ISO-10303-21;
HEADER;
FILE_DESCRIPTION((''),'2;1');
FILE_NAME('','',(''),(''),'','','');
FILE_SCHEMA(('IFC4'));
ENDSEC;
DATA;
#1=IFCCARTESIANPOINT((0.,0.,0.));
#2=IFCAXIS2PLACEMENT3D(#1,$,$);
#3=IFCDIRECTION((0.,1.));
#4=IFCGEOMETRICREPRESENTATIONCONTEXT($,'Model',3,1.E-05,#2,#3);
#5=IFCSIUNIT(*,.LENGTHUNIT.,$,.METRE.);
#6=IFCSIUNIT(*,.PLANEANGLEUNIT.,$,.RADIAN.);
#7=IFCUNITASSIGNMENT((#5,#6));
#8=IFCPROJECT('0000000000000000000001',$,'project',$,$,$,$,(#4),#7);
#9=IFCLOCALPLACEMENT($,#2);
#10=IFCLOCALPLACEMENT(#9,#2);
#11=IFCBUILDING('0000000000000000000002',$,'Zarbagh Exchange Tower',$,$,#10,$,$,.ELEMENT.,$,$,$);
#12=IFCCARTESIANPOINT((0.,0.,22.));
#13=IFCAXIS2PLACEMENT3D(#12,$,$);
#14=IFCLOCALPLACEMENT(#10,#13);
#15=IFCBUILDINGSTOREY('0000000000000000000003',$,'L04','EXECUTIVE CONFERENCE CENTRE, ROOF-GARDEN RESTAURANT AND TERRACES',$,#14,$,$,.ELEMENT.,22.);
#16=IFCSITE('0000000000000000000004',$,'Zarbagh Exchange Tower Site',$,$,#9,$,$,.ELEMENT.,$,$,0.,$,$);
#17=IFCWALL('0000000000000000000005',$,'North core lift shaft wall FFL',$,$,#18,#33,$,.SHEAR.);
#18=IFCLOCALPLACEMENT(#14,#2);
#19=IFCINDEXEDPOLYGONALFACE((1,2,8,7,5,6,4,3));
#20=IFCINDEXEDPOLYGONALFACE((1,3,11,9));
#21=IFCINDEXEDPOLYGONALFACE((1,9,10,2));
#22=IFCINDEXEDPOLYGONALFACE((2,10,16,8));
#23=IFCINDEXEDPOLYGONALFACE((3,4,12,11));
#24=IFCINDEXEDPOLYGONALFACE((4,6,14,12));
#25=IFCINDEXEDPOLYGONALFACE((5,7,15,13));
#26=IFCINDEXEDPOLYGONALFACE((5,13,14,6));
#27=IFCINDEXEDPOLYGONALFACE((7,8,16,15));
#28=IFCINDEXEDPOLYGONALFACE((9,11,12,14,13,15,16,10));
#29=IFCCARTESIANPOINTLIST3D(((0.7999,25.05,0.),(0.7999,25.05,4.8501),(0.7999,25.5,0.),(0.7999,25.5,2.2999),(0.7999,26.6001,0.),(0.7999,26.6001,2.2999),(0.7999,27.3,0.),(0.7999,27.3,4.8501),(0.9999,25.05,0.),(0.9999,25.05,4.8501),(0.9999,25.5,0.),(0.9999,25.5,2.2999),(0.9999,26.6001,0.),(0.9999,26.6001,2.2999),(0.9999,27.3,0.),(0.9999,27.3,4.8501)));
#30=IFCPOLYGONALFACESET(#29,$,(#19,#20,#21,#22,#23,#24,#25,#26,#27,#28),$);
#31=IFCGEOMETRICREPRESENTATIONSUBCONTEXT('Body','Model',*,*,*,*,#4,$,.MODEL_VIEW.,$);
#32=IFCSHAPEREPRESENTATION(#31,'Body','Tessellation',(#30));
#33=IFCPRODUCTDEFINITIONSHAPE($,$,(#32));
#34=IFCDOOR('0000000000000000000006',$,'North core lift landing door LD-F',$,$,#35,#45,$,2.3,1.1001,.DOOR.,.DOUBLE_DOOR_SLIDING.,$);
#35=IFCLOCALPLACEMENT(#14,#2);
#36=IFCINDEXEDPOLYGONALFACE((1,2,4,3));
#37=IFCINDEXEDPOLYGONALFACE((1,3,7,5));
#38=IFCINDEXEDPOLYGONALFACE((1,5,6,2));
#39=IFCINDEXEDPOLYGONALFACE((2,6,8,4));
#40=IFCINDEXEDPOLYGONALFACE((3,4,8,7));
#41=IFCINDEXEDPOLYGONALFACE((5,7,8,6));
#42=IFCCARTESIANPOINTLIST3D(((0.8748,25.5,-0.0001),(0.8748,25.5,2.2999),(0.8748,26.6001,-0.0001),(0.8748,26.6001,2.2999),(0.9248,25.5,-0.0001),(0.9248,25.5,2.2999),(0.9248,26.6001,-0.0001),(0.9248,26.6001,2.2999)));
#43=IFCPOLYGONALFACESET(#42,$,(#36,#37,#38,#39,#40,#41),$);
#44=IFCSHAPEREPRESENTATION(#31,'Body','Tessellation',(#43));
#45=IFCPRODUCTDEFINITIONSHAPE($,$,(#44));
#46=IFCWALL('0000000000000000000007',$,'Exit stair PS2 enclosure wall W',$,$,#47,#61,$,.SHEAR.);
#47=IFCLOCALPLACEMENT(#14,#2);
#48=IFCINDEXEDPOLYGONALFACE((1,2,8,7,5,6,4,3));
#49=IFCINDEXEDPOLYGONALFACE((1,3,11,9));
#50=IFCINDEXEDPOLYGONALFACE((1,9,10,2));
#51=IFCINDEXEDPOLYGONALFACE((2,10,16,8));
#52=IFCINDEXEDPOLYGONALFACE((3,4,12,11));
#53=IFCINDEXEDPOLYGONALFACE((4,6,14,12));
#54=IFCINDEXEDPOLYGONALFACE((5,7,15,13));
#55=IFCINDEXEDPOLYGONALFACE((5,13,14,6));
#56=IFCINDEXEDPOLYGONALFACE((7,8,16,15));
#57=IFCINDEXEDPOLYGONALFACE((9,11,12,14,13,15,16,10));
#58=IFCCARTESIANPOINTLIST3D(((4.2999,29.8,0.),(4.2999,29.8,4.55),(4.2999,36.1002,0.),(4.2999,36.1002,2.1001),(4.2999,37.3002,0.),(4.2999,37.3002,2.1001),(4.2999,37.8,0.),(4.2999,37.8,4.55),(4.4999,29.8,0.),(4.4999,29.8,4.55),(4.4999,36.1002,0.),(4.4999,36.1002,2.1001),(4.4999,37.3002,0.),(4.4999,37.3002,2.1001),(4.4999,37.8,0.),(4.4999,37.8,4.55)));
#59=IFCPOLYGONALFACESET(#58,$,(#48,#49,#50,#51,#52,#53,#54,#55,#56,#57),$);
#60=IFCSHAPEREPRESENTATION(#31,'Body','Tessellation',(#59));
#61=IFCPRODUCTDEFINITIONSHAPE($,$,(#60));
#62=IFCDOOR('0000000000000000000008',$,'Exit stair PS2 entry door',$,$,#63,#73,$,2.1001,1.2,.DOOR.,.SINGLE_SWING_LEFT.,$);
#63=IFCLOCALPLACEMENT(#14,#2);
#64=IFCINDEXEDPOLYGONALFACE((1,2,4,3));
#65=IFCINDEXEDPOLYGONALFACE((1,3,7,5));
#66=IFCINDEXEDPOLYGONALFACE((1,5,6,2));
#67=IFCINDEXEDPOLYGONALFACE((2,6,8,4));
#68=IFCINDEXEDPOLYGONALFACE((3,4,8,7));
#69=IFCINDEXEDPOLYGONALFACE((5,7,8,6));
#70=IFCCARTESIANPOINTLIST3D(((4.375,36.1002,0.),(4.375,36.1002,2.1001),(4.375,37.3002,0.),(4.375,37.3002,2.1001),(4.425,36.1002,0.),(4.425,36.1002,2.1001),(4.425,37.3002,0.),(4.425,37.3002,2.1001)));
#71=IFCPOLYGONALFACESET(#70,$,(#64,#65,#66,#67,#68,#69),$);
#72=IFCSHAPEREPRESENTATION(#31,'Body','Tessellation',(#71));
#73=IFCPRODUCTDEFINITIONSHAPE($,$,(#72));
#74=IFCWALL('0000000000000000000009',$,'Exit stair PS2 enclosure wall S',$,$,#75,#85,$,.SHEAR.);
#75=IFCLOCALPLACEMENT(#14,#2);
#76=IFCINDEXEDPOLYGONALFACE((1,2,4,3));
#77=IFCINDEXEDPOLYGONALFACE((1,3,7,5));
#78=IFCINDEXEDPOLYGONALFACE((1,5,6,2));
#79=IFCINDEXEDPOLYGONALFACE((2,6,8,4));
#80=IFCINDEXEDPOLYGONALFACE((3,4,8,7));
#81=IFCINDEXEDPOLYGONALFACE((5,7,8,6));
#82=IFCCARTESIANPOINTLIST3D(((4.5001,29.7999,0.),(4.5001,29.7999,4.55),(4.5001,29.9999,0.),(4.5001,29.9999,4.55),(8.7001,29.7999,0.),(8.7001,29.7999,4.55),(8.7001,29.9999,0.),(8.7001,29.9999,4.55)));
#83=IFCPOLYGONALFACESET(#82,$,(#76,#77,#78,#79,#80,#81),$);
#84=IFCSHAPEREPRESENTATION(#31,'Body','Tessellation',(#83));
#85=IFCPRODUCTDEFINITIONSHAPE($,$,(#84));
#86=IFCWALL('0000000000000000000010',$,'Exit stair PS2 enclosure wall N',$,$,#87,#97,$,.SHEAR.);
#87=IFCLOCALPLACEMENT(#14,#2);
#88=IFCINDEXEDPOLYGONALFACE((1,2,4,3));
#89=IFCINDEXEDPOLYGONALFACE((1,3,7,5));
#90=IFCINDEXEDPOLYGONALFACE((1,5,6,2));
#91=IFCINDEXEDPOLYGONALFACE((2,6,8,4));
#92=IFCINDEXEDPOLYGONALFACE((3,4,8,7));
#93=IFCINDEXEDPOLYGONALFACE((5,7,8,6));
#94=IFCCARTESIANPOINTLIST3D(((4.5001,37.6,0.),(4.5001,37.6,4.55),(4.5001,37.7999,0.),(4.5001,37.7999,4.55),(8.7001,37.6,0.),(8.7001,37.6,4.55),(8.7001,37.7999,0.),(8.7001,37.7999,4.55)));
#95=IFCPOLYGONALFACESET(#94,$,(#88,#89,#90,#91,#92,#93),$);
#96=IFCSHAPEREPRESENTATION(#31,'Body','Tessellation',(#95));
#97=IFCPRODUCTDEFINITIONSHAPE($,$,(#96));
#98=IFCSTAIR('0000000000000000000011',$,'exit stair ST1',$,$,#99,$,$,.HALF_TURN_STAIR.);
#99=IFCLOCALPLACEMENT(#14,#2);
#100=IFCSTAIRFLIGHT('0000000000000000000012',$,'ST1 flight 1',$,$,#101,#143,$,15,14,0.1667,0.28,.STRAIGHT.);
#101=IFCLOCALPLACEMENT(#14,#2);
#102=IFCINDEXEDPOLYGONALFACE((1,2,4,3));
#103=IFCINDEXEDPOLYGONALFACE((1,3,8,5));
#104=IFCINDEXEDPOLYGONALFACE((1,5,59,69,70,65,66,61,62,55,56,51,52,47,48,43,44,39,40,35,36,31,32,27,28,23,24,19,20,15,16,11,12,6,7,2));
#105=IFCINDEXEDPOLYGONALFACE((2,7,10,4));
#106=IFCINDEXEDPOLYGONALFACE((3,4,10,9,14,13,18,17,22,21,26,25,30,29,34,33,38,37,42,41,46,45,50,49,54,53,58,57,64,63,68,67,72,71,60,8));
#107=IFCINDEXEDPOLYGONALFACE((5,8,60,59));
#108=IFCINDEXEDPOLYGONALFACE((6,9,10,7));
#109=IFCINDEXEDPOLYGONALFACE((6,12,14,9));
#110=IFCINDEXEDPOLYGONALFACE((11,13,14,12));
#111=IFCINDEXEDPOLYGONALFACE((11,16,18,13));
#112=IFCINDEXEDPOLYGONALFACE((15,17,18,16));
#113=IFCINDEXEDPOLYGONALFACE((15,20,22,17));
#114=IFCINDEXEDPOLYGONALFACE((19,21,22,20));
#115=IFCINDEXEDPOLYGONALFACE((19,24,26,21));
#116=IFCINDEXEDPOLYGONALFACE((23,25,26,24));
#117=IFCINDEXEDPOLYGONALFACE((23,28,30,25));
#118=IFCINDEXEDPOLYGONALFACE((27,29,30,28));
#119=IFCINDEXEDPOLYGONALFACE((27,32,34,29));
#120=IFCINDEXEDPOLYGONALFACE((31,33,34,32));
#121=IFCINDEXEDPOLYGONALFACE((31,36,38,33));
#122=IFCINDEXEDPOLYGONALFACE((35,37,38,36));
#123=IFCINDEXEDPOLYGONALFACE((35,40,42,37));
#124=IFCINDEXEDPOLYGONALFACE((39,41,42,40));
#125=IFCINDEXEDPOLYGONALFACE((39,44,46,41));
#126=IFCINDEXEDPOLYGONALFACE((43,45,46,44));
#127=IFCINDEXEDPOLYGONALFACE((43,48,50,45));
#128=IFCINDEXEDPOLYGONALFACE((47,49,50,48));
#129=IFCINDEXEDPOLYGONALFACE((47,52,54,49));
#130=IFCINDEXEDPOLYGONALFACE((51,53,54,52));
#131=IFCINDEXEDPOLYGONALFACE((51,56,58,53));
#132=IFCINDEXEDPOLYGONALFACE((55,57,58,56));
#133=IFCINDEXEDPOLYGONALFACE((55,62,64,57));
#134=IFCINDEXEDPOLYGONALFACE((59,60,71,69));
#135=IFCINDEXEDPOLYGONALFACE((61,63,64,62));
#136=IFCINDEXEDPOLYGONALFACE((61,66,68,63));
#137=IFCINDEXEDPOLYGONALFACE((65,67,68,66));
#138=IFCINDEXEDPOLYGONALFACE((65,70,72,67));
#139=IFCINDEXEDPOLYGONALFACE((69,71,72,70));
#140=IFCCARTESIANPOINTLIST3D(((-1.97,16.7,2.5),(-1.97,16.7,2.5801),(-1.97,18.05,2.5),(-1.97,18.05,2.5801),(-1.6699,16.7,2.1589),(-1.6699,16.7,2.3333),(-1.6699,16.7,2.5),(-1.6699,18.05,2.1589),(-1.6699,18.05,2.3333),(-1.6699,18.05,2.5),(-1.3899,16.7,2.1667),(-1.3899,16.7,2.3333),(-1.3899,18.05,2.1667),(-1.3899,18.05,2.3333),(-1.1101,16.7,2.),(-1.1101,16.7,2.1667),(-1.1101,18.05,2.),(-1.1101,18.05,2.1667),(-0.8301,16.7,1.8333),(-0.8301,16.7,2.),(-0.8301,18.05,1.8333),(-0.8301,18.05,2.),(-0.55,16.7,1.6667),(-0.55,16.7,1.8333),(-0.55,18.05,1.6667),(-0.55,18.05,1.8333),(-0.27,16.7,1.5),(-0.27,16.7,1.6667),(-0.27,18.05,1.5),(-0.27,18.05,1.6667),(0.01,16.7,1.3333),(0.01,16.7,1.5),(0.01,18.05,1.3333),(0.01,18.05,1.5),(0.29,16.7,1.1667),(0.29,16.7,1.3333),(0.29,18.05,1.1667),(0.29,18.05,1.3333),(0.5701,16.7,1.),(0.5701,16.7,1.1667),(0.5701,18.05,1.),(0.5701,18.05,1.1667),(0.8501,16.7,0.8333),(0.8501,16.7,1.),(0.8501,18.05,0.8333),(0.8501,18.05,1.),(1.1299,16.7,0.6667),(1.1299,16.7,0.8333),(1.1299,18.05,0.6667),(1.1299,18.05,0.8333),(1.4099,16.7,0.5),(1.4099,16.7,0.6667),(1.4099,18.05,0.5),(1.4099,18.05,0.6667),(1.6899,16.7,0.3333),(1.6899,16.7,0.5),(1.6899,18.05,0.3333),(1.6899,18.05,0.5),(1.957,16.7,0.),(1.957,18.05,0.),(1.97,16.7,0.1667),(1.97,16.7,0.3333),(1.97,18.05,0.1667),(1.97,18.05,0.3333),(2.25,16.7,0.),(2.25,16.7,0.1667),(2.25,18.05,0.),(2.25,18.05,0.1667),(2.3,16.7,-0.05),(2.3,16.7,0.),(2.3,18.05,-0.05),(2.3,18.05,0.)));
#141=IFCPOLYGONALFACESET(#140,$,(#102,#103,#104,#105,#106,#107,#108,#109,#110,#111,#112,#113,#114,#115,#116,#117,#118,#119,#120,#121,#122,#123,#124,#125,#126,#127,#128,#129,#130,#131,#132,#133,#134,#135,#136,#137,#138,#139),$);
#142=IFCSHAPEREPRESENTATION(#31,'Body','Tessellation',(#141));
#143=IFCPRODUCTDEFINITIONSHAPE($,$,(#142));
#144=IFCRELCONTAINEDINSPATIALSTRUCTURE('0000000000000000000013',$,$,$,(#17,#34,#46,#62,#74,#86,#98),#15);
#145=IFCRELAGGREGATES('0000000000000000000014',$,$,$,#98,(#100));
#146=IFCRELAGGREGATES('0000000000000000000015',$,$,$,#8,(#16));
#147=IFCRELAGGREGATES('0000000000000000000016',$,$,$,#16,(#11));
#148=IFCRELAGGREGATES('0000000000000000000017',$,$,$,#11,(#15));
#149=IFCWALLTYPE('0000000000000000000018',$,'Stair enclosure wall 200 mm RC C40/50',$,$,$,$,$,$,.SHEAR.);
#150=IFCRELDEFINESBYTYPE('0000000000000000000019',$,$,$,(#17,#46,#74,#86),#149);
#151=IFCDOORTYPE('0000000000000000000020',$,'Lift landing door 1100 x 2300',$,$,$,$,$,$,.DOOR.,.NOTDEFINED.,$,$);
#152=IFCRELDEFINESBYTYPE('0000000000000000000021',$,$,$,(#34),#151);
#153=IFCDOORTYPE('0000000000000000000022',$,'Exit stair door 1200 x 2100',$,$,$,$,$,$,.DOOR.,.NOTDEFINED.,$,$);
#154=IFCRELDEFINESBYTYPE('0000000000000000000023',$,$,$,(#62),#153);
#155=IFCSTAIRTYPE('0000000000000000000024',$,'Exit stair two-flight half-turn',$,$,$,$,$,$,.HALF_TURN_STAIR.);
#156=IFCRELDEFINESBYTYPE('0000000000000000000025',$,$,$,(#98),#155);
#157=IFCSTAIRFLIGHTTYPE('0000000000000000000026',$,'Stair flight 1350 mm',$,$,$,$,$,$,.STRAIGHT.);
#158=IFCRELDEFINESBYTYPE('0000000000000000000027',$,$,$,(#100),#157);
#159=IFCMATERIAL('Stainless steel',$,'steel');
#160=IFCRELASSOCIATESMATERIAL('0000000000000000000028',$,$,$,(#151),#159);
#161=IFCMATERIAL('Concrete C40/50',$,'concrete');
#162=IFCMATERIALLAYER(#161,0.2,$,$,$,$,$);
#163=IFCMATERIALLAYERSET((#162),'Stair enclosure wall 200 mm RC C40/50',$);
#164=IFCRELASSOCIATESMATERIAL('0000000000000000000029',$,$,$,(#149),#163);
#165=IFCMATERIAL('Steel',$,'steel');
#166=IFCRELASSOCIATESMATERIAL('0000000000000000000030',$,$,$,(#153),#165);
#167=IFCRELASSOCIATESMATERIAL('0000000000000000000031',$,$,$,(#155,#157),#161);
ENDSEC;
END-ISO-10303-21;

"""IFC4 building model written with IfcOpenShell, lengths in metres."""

from ifc_helpers import new_model, si_unit, direction, frame, frame_2d, origin, place, context, subcontext, project, spatial, polyline, rectangle, outline, extrude, material, layer, layer_set, type_object, element, fill, aggregate, save


model = new_model("IFC4")

# Units and contexts
model_context = context("Model", 3, precision=1e-05, world=origin(), true_north=direction((0.0, 1.0)))
body_context = subcontext(model_context, "Body", "Model", "MODEL_VIEW")
ifc_project = project(units=[si_unit("LENGTHUNIT", "METRE"), si_unit("PLANEANGLEUNIT", "RADIAN")], contexts=[model_context])

# Site, building, storey
site_placement = place(None, origin())
site = spatial("IfcSite", under=ifc_project, at=site_placement, Name="Zarbagh Exchange Tower Site", CompositionType="ELEMENT", RefElevation=0.0)
building_placement = place(site_placement, origin())
building = spatial("IfcBuilding", under=site, at=building_placement, Name="Zarbagh Exchange Tower", CompositionType="ELEMENT")
storey_placement = place(building_placement, frame((0.0, 0.0, 22.0)))
storey = spatial("IfcBuildingStorey", under=building, at=storey_placement, Name="L04", Description="EXECUTIVE CONFERENCE CENTRE, ROOF-GARDEN RESTAURANT AND TERRACES", CompositionType="ELEMENT", Elevation=22.0)

# Shared definitions
ifc_material_1 = material(Name="Steel", Category="steel")
ifc_material_2 = material(Name="Stainless steel", Category="steel")
door_type_1 = type_object("IfcDoorType", Name="Lift landing door 1100 x 2300", OperationType="NOTDEFINED", PredefinedType="DOOR", material=ifc_material_2)

# Walls, openings, doors
ifc_material_3 = material(Name="Concrete C40/50", Category="concrete")
ifc_layer_1 = layer(ifc_material_3, 0.2)
ifc_layer_set_1 = layer_set([ifc_layer_1], Name="Stair enclosure wall 200 mm RC C40/50")
wall_type_1 = type_object("IfcWallType", Name="Stair enclosure wall 200 mm RC C40/50", PredefinedType="SHEAR", material=ifc_layer_set_1)
wall_1_placement = place(storey_placement, frame((0.8999, 27.3, 0.0), z_axis=(0.0, 0.0, 1.0), x_axis=(0.0, -1.0, 0.0)))
wall_1 = element("IfcWall", 1, at=wall_1_placement, inside=storey, type_object=wall_type_1, Name="North core lift shaft wall FFL", PredefinedType="SHEAR", context=body_context, shape_type="SweptSolid", body=[
    extrude(rectangle(XDim=2.25, YDim=0.2, at=frame_2d((1.125, 0.0))), origin(), (0.0, 0.0, 1.0), 4.8501),
])
opening_1_placement = place(wall_1_placement, frame((0.7, 0.0, 0.0)))
opening_1 = element("IfcOpeningElement", 2, at=opening_1_placement, cuts=wall_1, PredefinedType="OPENING", context=body_context, shape_type="SweptSolid", body=[
    extrude(rectangle(XDim=1.1001, YDim=2.3, at=frame_2d((0.55, 1.1499))), frame((0.0, 0.1099, 0.0), z_axis=(0.0, -1.0, 0.0), x_axis=(1.0, 0.0, 0.0)), (0.0, 0.0, 1.0), 0.22),
])
door_1_placement = place(opening_1_placement, origin())
door_1 = element("IfcDoor", 3, at=door_1_placement, inside=storey, type_object=door_type_1, Name="North core lift landing door LD-F", OperationType="DOUBLE_DOOR_SLIDING", OverallHeight=2.3, OverallWidth=1.1001, PredefinedType="DOOR", context=body_context, shape_type="SweptSolid", body=[
    extrude(rectangle(XDim=1.1001, YDim=2.3, at=frame_2d((0.55, 1.1499))), frame((0.0, 0.0249, 0.0), z_axis=(0.0, -1.0, 0.0), x_axis=(1.0, 0.0, 0.0)), (0.0, 0.0, 1.0), 0.05),
])
fill(opening_1, door_1)
wall_2_placement = place(storey_placement, frame((4.3999, 29.8, 0.0), z_axis=(0.0, 0.0, 1.0), x_axis=(0.0, 1.0, 0.0)))
wall_2 = element("IfcWall", 4, at=wall_2_placement, inside=storey, type_object=wall_type_1, Name="Exit stair PS2 enclosure wall W", PredefinedType="SHEAR", context=body_context, shape_type="SweptSolid", body=[
    extrude(rectangle(XDim=8.0, YDim=0.2, at=frame_2d((4.0, 0.0))), origin(), (0.0, 0.0, 1.0), 4.55),
])
opening_2_placement = place(wall_2_placement, frame((6.3, 0.0, 0.0)))
opening_2 = element("IfcOpeningElement", 5, at=opening_2_placement, cuts=wall_2, PredefinedType="OPENING", context=body_context, shape_type="SweptSolid", body=[
    extrude(rectangle(XDim=1.2, YDim=2.1001, at=frame_2d((0.6001, 1.05))), frame((0.0, 0.1099, 0.0), z_axis=(0.0, -1.0, 0.0), x_axis=(1.0, 0.0, 0.0)), (0.0, 0.0, 1.0), 0.22),
])
door_type_2 = type_object("IfcDoorType", Name="Exit stair door 1200 x 2100", OperationType="NOTDEFINED", PredefinedType="DOOR", material=ifc_material_1)
door_2_placement = place(opening_2_placement, origin())
door_2 = element("IfcDoor", 6, at=door_2_placement, inside=storey, type_object=door_type_2, Name="Exit stair PS2 entry door", OperationType="SINGLE_SWING_LEFT", OverallHeight=2.1001, OverallWidth=1.2, PredefinedType="DOOR", context=body_context, shape_type="SweptSolid", body=[
    extrude(rectangle(XDim=1.2, YDim=2.1001, at=frame_2d((0.6001, 1.05))), frame((0.0, 0.0249, 0.0), z_axis=(0.0, -1.0, 0.0), x_axis=(1.0, 0.0, 0.0)), (0.0, 0.0, 1.0), 0.05),
])
fill(opening_2, door_2)

# Walls
for number, where, z_axis, x_axis, name in (
    (7, (4.5, 29.8999, 0.0), (0.0, 0.0, 1.0), (1.0, 0.0, 0.0), "Exit stair PS2 enclosure wall S"),
    (8, (4.5, 37.7, 0.0), (0.0, 0.0, 1.0), (1.0, 0.0, 0.0), "Exit stair PS2 enclosure wall N"),
):
    element("IfcWall", number, at=place(storey_placement, frame(where, z_axis=z_axis, x_axis=x_axis)), inside=storey, type_object=wall_type_1, Name=name, PredefinedType="SHEAR", context=body_context, shape_type="SweptSolid", body=[
        extrude(rectangle(XDim=4.2, YDim=0.2, at=frame_2d((2.1001, 0.0))), origin(), (0.0, 0.0, 1.0), 4.55),
    ])

# Stair, stair flight
stair_type = type_object("IfcStairType", Name="Exit stair two-flight half-turn", PredefinedType="HALF_TURN_STAIR", material=ifc_material_3)
stair_placement = place(storey_placement, origin())
stair = element("IfcStair", 9, at=stair_placement, inside=storey, type_object=stair_type, Name="exit stair ST1", PredefinedType="HALF_TURN_STAIR")
stair_flight_type = type_object("IfcStairFlightType", Name="Stair flight 1350 mm", PredefinedType="STRAIGHT", material=ifc_material_3)
stair_flight_placement = place(storey_placement, frame((2.25, 17.375, 0.0), z_axis=(0.0, 0.0, 1.0), x_axis=(-1.0, 0.0, 0.0)))
stair_flight = element("IfcStairFlight", 10, at=stair_flight_placement, type_object=stair_flight_type, Name="ST1 flight 1", NumberOfRisers=15, NumberOfTreads=14, PredefinedType="STRAIGHT", RiserHeight=0.1667, TreadLength=0.28, context=body_context, shape_type="SweptSolid", body=[
    extrude(outline(polyline([(-0.05, -0.05), (-0.05, 0.0), (0.0, 0.0), (0.0, 0.1667), (0.28, 0.1667), (0.28, 0.3333), (0.5601, 0.3333), (0.5601, 0.5), (0.8401, 0.5), (0.8401, 0.6667), (1.1201, 0.6667), (1.1201, 0.8333), (1.3999, 0.8333), (1.3999, 1.0), (1.6799, 1.0), (1.6799, 1.1667), (1.96, 1.1667), (1.96, 1.3333), (2.24, 1.3333), (2.24, 1.5), (2.52, 1.5), (2.52, 1.6667), (2.8, 1.6667), (2.8, 1.8333), (3.0801, 1.8333), (3.0801, 2.0), (3.3601, 2.0), (3.3601, 2.1667), (3.6399, 2.1667), (3.6399, 2.3333), (3.9199, 2.3333), (3.9199, 2.5), (4.22, 2.5801), (4.22, 2.5), (3.9199, 2.1589), (0.293, 0.0), (-0.05, -0.05)])), frame((0.0, 0.675, 0.0), z_axis=(0.0, -1.0, 0.0), x_axis=(1.0, 0.0, 0.0)), (0.0, 0.0, 1.0), 1.3501),
])
aggregate(stair, [stair_flight])

save(model, "model.ifc")
